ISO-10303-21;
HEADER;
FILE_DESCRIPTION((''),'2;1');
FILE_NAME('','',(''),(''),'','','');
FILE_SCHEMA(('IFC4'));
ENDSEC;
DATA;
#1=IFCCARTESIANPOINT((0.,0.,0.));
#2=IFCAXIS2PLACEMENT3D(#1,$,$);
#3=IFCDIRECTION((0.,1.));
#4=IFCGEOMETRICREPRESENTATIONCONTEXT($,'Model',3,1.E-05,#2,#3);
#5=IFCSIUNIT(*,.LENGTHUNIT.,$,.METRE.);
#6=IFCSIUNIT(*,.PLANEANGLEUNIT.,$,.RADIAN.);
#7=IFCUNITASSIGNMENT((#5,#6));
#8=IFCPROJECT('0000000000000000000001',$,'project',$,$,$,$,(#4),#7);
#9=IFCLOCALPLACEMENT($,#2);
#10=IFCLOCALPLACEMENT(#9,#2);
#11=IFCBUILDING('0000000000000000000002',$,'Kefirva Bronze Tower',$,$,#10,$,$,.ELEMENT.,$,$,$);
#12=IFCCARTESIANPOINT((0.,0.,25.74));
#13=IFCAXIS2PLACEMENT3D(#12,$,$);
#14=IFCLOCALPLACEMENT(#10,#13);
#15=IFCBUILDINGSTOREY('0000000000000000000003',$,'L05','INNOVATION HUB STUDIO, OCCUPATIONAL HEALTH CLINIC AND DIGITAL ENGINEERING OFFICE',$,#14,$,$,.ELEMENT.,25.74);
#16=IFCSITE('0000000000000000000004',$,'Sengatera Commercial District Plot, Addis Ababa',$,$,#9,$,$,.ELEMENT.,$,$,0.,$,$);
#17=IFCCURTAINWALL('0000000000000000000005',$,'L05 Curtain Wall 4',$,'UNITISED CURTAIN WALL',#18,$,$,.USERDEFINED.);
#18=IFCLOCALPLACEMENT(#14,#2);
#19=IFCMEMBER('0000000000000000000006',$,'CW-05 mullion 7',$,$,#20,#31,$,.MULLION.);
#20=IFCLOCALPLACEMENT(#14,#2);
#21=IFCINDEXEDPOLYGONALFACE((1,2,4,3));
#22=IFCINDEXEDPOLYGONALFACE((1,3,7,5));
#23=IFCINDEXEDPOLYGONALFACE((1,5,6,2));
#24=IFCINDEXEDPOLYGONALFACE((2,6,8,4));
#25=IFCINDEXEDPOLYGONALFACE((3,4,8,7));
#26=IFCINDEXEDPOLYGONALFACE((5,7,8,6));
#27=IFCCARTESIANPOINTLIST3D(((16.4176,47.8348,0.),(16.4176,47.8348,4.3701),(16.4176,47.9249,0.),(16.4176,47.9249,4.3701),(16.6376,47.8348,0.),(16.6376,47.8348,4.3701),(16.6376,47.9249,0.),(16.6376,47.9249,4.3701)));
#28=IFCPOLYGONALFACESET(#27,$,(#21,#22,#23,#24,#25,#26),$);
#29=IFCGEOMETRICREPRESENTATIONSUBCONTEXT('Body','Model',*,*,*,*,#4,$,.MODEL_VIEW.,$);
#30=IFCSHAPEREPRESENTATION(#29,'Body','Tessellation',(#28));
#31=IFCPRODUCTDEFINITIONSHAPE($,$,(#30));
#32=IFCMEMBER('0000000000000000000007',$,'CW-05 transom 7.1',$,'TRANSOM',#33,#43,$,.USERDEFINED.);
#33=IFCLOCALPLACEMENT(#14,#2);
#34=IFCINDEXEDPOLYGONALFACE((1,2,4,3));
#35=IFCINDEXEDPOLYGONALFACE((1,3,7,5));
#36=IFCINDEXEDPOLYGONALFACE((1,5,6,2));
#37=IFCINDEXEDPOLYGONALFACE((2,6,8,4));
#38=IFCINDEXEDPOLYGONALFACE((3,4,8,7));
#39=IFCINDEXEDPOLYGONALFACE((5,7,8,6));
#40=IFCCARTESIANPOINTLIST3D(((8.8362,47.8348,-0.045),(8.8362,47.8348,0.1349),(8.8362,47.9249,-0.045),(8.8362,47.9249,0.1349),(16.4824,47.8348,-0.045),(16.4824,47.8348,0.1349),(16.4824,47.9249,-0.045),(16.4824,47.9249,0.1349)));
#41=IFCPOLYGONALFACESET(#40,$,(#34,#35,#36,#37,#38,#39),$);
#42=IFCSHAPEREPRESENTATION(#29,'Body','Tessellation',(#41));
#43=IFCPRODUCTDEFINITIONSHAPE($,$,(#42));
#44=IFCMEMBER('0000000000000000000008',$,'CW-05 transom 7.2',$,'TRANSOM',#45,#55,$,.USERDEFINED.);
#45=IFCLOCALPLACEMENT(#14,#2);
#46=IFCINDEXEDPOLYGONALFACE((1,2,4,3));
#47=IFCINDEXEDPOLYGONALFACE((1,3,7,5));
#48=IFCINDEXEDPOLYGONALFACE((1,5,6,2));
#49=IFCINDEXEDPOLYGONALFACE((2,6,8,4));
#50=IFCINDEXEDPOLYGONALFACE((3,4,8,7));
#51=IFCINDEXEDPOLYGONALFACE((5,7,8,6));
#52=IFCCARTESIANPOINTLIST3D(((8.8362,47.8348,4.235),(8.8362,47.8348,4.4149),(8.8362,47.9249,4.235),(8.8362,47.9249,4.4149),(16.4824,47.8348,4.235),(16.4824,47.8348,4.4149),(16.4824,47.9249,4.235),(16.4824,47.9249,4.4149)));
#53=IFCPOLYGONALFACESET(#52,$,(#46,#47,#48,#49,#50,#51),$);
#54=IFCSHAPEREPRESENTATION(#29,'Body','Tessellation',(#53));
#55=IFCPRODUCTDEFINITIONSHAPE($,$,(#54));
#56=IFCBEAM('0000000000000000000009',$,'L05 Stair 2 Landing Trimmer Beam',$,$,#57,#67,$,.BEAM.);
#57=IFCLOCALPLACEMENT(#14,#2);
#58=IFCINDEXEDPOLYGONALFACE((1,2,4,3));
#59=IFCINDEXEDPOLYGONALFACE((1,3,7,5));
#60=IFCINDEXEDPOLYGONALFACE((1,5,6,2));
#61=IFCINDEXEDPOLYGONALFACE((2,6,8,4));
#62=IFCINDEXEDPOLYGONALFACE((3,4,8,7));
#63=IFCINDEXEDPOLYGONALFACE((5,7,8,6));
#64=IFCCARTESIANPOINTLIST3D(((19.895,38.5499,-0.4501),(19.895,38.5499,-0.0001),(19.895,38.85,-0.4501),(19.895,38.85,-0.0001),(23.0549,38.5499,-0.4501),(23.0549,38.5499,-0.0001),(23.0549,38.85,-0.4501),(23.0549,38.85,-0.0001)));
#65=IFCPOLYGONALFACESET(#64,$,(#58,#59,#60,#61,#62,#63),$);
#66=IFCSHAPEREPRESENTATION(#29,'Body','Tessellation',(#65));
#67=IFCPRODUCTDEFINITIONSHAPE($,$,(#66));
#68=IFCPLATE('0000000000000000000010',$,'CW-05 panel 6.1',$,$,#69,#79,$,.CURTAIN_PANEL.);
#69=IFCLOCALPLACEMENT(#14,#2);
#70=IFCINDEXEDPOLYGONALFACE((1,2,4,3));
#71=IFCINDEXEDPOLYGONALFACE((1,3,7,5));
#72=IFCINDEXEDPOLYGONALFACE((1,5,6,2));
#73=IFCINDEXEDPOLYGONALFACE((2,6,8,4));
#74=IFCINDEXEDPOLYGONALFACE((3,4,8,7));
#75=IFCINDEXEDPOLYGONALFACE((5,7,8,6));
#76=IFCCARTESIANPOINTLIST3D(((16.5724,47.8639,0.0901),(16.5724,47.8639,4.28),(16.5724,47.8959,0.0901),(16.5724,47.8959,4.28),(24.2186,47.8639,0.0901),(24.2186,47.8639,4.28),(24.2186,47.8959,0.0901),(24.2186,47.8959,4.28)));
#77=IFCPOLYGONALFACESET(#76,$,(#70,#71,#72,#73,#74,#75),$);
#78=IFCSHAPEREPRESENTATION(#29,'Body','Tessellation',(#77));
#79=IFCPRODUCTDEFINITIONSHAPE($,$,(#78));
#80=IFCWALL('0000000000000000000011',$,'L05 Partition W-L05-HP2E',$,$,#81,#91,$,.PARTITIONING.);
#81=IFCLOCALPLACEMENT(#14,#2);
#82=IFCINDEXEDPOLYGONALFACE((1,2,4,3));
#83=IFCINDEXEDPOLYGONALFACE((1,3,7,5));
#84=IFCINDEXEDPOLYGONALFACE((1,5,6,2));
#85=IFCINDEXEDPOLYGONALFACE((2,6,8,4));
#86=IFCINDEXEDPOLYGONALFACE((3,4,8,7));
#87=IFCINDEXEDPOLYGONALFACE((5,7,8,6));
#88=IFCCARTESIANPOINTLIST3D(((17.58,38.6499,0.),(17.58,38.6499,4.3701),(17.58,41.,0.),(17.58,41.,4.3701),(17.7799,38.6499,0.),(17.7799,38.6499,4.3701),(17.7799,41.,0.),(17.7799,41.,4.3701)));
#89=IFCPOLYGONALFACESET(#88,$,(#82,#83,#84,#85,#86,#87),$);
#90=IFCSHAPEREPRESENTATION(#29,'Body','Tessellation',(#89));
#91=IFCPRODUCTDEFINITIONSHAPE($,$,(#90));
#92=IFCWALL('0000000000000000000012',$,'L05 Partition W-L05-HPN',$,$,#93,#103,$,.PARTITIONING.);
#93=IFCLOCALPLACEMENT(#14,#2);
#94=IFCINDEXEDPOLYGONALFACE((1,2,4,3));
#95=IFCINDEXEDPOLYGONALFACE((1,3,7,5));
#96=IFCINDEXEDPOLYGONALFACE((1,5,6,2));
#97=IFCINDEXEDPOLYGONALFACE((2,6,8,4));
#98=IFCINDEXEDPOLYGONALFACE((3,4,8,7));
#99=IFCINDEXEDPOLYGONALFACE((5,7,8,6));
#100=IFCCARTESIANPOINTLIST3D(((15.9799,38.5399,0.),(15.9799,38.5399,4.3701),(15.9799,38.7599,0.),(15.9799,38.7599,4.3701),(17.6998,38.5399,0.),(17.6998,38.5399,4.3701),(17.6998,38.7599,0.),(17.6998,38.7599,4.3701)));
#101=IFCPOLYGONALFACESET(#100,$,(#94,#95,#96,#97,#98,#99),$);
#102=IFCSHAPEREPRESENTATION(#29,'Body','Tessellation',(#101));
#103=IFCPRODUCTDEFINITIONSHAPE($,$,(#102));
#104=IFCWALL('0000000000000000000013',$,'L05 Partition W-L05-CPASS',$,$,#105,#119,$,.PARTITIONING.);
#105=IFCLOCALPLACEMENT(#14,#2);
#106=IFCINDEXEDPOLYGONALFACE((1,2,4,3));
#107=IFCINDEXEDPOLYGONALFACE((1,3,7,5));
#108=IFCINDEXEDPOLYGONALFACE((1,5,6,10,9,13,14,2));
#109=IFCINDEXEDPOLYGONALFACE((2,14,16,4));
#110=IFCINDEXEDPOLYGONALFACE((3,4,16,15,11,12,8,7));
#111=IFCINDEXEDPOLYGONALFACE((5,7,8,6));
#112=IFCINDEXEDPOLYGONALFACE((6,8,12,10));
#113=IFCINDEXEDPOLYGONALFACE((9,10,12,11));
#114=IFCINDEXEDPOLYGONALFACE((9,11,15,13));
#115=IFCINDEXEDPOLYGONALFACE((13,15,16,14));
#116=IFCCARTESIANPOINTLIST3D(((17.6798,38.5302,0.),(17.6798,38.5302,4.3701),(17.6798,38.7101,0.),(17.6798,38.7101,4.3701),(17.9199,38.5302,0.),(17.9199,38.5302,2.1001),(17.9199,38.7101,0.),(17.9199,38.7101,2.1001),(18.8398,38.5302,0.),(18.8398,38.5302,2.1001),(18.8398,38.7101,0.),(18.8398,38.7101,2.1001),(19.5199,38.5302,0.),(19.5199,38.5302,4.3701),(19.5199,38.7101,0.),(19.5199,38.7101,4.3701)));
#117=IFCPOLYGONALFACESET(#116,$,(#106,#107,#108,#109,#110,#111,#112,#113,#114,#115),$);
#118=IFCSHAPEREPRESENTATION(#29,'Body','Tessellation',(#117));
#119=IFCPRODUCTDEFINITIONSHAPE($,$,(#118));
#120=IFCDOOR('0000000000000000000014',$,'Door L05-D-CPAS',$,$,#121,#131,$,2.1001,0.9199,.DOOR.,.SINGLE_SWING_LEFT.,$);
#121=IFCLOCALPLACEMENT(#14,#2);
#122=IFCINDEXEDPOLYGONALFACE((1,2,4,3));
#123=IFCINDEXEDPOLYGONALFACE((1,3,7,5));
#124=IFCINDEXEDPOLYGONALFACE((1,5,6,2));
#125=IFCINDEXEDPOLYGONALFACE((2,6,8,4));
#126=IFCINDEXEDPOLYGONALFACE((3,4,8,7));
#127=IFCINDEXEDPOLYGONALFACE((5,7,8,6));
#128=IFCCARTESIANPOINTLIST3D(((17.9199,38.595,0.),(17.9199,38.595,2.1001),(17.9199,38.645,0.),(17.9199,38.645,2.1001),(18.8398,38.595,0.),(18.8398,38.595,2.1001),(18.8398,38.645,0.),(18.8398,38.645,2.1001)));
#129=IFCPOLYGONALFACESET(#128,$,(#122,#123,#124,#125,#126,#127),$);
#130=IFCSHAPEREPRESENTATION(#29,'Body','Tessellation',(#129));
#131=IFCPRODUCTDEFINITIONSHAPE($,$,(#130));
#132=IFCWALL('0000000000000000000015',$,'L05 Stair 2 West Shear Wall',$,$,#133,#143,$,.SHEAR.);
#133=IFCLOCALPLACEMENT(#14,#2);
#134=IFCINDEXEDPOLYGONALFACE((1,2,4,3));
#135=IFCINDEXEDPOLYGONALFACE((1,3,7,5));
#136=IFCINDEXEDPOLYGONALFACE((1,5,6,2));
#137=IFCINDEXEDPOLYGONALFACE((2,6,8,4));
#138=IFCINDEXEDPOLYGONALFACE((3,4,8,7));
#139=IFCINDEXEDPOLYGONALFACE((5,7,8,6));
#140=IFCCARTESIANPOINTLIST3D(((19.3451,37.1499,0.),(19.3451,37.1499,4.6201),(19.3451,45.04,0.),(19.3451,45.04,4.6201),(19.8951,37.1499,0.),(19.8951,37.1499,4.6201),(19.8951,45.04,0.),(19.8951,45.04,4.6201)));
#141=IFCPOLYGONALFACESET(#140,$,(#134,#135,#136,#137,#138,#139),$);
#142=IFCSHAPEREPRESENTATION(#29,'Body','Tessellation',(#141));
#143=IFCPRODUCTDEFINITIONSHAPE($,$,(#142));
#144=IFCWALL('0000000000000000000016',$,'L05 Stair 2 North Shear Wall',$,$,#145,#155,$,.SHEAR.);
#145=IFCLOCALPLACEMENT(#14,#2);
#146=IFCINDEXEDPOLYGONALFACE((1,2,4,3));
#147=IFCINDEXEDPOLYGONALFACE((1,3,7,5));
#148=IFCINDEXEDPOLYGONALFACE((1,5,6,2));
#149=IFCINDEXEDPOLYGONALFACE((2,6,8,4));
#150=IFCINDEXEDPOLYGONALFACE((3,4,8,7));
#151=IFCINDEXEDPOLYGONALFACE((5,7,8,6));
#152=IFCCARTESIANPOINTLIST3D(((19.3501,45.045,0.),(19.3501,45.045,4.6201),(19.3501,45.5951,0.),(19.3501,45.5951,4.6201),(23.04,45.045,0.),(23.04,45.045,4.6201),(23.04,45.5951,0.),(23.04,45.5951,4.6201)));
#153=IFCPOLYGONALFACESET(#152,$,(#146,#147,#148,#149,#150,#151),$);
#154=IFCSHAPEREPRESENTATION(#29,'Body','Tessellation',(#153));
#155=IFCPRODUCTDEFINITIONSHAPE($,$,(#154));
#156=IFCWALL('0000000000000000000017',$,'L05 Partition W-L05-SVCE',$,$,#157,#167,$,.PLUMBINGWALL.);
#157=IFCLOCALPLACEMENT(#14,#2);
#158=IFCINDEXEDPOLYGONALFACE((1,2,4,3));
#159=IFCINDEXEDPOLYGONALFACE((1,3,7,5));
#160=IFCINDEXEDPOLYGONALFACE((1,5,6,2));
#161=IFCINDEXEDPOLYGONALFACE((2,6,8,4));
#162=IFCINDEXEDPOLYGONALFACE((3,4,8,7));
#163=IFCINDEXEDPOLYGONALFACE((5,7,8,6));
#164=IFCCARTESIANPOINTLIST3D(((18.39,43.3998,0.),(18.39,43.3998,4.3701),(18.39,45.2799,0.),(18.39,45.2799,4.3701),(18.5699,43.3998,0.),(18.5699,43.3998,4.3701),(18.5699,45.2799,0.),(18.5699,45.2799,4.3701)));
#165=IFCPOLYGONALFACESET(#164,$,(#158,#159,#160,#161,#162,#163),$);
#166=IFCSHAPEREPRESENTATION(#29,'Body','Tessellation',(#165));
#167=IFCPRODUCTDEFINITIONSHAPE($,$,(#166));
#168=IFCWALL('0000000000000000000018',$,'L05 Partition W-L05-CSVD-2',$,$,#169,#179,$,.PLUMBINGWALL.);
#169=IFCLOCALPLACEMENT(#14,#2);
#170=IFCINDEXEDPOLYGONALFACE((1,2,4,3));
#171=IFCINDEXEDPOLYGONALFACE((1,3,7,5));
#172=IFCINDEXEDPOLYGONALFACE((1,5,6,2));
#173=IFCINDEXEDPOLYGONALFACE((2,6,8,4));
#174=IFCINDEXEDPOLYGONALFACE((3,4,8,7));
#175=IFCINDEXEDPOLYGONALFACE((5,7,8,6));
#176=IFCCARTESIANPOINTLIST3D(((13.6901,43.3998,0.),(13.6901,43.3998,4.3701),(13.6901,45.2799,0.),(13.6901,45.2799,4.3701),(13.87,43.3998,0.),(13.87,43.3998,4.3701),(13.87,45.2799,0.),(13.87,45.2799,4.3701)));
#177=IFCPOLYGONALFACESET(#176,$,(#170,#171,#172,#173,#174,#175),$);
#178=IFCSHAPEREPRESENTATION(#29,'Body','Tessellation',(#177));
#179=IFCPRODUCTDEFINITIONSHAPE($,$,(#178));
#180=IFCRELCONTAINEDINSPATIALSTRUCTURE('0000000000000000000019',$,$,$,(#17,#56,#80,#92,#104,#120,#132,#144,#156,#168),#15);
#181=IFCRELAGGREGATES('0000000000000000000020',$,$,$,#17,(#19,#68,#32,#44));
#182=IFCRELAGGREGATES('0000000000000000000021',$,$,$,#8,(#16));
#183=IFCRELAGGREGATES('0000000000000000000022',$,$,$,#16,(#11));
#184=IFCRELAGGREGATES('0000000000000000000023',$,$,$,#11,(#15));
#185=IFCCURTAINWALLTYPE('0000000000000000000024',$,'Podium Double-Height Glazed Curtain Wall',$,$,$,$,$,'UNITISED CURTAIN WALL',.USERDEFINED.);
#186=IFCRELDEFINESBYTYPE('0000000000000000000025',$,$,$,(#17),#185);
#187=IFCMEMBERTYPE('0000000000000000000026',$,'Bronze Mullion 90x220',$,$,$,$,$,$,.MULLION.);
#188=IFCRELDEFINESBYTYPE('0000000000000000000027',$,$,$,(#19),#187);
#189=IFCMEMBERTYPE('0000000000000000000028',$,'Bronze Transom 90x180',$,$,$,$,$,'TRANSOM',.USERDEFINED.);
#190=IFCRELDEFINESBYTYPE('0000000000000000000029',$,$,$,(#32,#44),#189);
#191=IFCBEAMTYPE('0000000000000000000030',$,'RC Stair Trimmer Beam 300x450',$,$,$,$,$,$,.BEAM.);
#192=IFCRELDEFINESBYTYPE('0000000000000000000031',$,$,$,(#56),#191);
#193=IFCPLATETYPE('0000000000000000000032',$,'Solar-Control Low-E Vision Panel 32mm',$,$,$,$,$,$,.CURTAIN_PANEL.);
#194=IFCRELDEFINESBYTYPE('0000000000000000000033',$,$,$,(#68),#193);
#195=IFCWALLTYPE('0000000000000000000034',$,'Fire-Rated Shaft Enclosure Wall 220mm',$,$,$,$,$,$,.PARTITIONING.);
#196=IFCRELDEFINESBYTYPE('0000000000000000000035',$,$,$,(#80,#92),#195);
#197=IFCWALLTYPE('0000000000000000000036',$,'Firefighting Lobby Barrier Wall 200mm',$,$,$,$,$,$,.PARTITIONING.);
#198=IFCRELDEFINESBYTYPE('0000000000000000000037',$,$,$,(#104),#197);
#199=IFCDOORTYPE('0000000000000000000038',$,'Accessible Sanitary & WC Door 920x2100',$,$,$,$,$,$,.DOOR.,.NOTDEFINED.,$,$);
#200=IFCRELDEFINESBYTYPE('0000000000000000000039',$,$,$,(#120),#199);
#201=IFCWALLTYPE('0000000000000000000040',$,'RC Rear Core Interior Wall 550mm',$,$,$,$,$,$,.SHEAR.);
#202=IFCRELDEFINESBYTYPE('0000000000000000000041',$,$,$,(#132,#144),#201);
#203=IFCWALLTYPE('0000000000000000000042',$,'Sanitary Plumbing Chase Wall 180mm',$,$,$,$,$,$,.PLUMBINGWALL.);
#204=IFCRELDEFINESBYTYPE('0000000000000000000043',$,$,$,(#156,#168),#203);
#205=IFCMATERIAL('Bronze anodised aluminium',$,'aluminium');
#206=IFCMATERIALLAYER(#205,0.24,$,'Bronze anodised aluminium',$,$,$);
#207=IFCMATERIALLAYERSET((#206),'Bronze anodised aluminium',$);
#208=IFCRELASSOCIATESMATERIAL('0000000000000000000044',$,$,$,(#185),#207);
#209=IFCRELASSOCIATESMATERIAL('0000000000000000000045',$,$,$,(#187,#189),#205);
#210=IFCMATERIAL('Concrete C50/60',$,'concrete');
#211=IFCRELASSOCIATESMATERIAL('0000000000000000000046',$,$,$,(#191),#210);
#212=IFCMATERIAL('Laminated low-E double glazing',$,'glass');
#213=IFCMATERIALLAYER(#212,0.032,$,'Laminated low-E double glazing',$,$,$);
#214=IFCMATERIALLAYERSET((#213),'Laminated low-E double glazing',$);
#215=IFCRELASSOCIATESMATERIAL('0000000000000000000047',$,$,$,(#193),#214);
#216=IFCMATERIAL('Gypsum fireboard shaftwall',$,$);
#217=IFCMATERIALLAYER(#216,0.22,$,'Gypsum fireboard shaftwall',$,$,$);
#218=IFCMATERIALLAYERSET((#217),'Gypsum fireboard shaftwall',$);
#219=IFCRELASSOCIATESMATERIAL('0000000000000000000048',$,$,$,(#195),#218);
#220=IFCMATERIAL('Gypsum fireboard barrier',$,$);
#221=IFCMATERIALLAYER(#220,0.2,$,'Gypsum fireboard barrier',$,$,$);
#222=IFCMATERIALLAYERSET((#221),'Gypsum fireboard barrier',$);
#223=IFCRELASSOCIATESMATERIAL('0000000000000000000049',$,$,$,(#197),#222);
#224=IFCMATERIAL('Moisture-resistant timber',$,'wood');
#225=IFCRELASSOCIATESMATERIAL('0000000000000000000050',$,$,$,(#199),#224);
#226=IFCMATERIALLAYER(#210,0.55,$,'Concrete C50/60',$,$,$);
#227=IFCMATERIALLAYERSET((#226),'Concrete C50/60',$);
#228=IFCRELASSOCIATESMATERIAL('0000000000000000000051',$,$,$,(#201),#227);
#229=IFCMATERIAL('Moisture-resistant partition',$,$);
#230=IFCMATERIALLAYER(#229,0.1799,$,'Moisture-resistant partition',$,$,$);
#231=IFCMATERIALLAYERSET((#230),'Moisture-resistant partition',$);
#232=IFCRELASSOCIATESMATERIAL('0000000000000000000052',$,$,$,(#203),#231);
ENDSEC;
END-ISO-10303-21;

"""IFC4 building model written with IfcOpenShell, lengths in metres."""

from ifc_helpers import new_model, si_unit, direction, frame, frame_2d, origin, origin_2d, place, context, subcontext, project, spatial, rectangle, extrude, material, layer, layer_set, material_profile, profile_set, type_object, element, fill, aggregate, save


model = new_model("IFC4")

# Units and contexts
model_context = context("Model", 3, precision=1e-05, world=origin(), true_north=direction((0.0, 1.0)))
body_context = subcontext(model_context, "Body", "Model", "MODEL_VIEW")
ifc_project = project(units=[si_unit("LENGTHUNIT", "METRE"), si_unit("PLANEANGLEUNIT", "RADIAN")], contexts=[model_context])

# Site, building, storey
site_placement = place(None, origin())
site = spatial("IfcSite", under=ifc_project, at=site_placement, Name="Sengatera Commercial District Plot, Addis Ababa", CompositionType="ELEMENT", RefElevation=0.0)
building_placement = place(site_placement, origin())
building = spatial("IfcBuilding", under=site, at=building_placement, Name="Kefirva Bronze Tower", CompositionType="ELEMENT")
storey_placement = place(building_placement, frame((0.0, 0.0, 25.74)))
storey = spatial("IfcBuildingStorey", under=building, at=storey_placement, Name="L05", Description="INNOVATION HUB STUDIO, OCCUPATIONAL HEALTH CLINIC AND DIGITAL ENGINEERING OFFICE", CompositionType="ELEMENT", Elevation=25.74)

# Curtain wall, members
ifc_material_1 = material(Name="Bronze anodised aluminium", Category="aluminium")
ifc_layer_1 = layer(ifc_material_1, 0.24, Name="Bronze anodised aluminium")
ifc_layer_set_1 = layer_set([ifc_layer_1], Name="Bronze anodised aluminium")
curtain_wall_type = type_object("IfcCurtainWallType", Name="Podium Double-Height Glazed Curtain Wall", ElementType="UNITISED CURTAIN WALL", PredefinedType="USERDEFINED", material=ifc_layer_set_1)
curtain_wall_placement = place(storey_placement, origin())
curtain_wall = element("IfcCurtainWall", 1, at=curtain_wall_placement, inside=storey, type_object=curtain_wall_type, Name="L05 Curtain Wall 4", ObjectType="UNITISED CURTAIN WALL", PredefinedType="USERDEFINED")
ifc_material_profile_1 = material_profile(ifc_material_1, rectangle(XDim=0.0901, YDim=0.22, at=origin_2d()), Name="ALU 90x220")
ifc_profile_set_1 = profile_set([ifc_material_profile_1], Name="Bronze anodised aluminium")
member_type_1 = type_object("IfcMemberType", Name="Bronze Mullion 90x220", PredefinedType="MULLION", material=ifc_profile_set_1)
member_1_placement = place(storey_placement, frame((16.5276, 47.8799, 0.0), z_axis=(0.0, 0.0, 1.0), x_axis=(0.0, -1.0, 0.0)))
member_1 = element("IfcMember", 2, at=member_1_placement, type_object=member_type_1, Name="CW-05 mullion 7", PredefinedType="MULLION", context=body_context, shape_type="SweptSolid", body=[
    extrude(rectangle(XDim=0.0901, YDim=0.22, at=origin_2d()), origin(), (0.0, 0.0, 1.0), 4.3701),
])
ifc_material_profile_2 = material_profile(ifc_material_1, rectangle(XDim=0.0901, YDim=0.1799, at=origin_2d()), Name="ALU 90x180")
ifc_profile_set_2 = profile_set([ifc_material_profile_2], Name="Bronze anodised aluminium")
member_type_2 = type_object("IfcMemberType", Name="Bronze Transom 90x180", ElementType="TRANSOM", PredefinedType="USERDEFINED", material=ifc_profile_set_2)
member_2_placement = place(storey_placement, frame((16.4824, 47.8799, 0.0449), z_axis=(-1.0, 0.0, 0.0), x_axis=(0.0, -1.0, 0.0)))
member_2 = element("IfcMember", 3, at=member_2_placement, type_object=member_type_2, Name="CW-05 transom 7.1", ObjectType="TRANSOM", PredefinedType="USERDEFINED", context=body_context, shape_type="SweptSolid", body=[
    extrude(rectangle(XDim=0.0901, YDim=0.1799, at=origin_2d()), origin(), (0.0, 0.0, 1.0), 7.6462),
])
member_3_placement = place(storey_placement, frame((16.4824, 47.8799, 4.325), z_axis=(-1.0, 0.0, 0.0), x_axis=(0.0, -1.0, 0.0)))
member_3 = element("IfcMember", 4, at=member_3_placement, type_object=member_type_2, Name="CW-05 transom 7.2", ObjectType="TRANSOM", PredefinedType="USERDEFINED", context=body_context, shape_type="SweptSolid", body=[
    extrude(rectangle(XDim=0.0901, YDim=0.1799, at=origin_2d()), origin(), (0.0, 0.0, 1.0), 7.6462),
])

# Beam
ifc_material_2 = material(Name="Concrete C50/60", Category="concrete")
ifc_material_profile_3 = material_profile(ifc_material_2, rectangle(XDim=0.3, YDim=0.45, at=origin_2d()), Name="RC 300x450")
ifc_profile_set_3 = profile_set([ifc_material_profile_3], Name="Concrete C50/60")
beam_type = type_object("IfcBeamType", Name="RC Stair Trimmer Beam 300x450", PredefinedType="BEAM", material=ifc_profile_set_3)
beam_placement = place(storey_placement, frame((19.895, 38.7, -0.2251), z_axis=(1.0, 0.0, 0.0), x_axis=(0.0, 1.0, 0.0)))
element("IfcBeam", 5, at=beam_placement, inside=storey, type_object=beam_type, Name="L05 Stair 2 Landing Trimmer Beam", PredefinedType="BEAM", context=body_context, shape_type="SweptSolid", body=[
    extrude(rectangle(XDim=0.3, YDim=0.45, at=origin_2d()), origin(), (0.0, 0.0, 1.0), 3.1599),
])

# Plate
ifc_material_3 = material(Name="Laminated low-E double glazing", Category="glass")
ifc_layer_2 = layer(ifc_material_3, 0.032, Name="Laminated low-E double glazing")
ifc_layer_set_2 = layer_set([ifc_layer_2], Name="Laminated low-E double glazing")
plate_type = type_object("IfcPlateType", Name="Solar-Control Low-E Vision Panel 32mm", PredefinedType="CURTAIN_PANEL", material=ifc_layer_set_2)
plate_placement = place(storey_placement, frame((20.3955, 47.8799, 0.0901), z_axis=(0.0, 0.0, 1.0), x_axis=(-1.0, 0.0, 0.0)))
plate = element("IfcPlate", 6, at=plate_placement, type_object=plate_type, Name="CW-05 panel 6.1", PredefinedType="CURTAIN_PANEL", context=body_context, shape_type="SweptSolid", body=[
    extrude(rectangle(XDim=7.6462, YDim=0.032, at=origin_2d()), origin(), (0.0, 0.0, 1.0), 4.1899),
])
aggregate(curtain_wall, [member_1, plate, member_2, member_3])

# Shared definitions
ifc_material_4 = material(Name="Gypsum fireboard shaftwall")
ifc_layer_3 = layer(ifc_material_4, 0.22, Name="Gypsum fireboard shaftwall")
ifc_layer_set_3 = layer_set([ifc_layer_3], Name="Gypsum fireboard shaftwall")
wall_type_1 = type_object("IfcWallType", Name="Fire-Rated Shaft Enclosure Wall 220mm", PredefinedType="PARTITIONING", material=ifc_layer_set_3)

# Walls
wall_1_placement = place(storey_placement, frame((17.6799, 38.6499, 0.0), z_axis=(0.0, 0.0, 1.0), x_axis=(0.0, 1.0, 0.0)))
element("IfcWall", 7, at=wall_1_placement, inside=storey, type_object=wall_type_1, Name="L05 Partition W-L05-HP2E", PredefinedType="PARTITIONING", context=body_context, shape_type="SweptSolid", body=[
    extrude(rectangle(XDim=2.3501, YDim=0.2, at=frame_2d((1.175, 0.0))), origin(), (0.0, 0.0, 1.0), 4.3701),
])
wall_2_placement = place(storey_placement, frame((15.98, 38.6499, 0.0), z_axis=(0.0, 0.0, 1.0), x_axis=(1.0, 0.0, 0.0)))
element("IfcWall", 8, at=wall_2_placement, inside=storey, type_object=wall_type_1, Name="L05 Partition W-L05-HPN", PredefinedType="PARTITIONING", context=body_context, shape_type="SweptSolid", body=[
    extrude(rectangle(XDim=1.72, YDim=0.22, at=frame_2d((0.8599, 0.0))), origin(), (0.0, 0.0, 1.0), 4.3701),
])

# Wall, opening, door
ifc_material_5 = material(Name="Gypsum fireboard barrier")
ifc_layer_4 = layer(ifc_material_5, 0.2, Name="Gypsum fireboard barrier")
ifc_layer_set_4 = layer_set([ifc_layer_4], Name="Gypsum fireboard barrier")
wall_type_2 = type_object("IfcWallType", Name="Firefighting Lobby Barrier Wall 200mm", PredefinedType="PARTITIONING", material=ifc_layer_set_4)
wall_3_placement = place(storey_placement, frame((17.6799, 38.6201, 0.0), z_axis=(0.0, 0.0, 1.0), x_axis=(1.0, 0.0, 0.0)))
wall_3 = element("IfcWall", 9, at=wall_3_placement, inside=storey, type_object=wall_type_2, Name="L05 Partition W-L05-CPASS", PredefinedType="PARTITIONING", context=body_context, shape_type="SweptSolid", body=[
    extrude(rectangle(XDim=1.8401, YDim=0.1799, at=frame_2d((0.9199, 0.0))), origin(), (0.0, 0.0, 1.0), 4.3701),
])
opening_1_placement = place(wall_3_placement, frame((0.24, 0.0, 0.0)))
opening_1 = element("IfcOpeningElement", 10, at=opening_1_placement, cuts=wall_3, PredefinedType="OPENING", context=body_context, shape_type="SweptSolid", body=[
    extrude(rectangle(XDim=0.9199, YDim=2.1001, at=frame_2d((0.46, 1.05))), frame((0.0, 0.1001, 0.0), z_axis=(0.0, -1.0, 0.0), x_axis=(1.0, 0.0, 0.0)), (0.0, 0.0, 1.0), 0.2),
])
ifc_material_6 = material(Name="Moisture-resistant timber", Category="wood")
door_type_1 = type_object("IfcDoorType", Name="Accessible Sanitary & WC Door 920x2100", OperationType="NOTDEFINED", PredefinedType="DOOR", material=ifc_material_6)
door_1_placement = place(opening_1_placement, origin())
door_1 = element("IfcDoor", 11, at=door_1_placement, inside=storey, type_object=door_type_1, Name="Door L05-D-CPAS", OperationType="SINGLE_SWING_LEFT", OverallHeight=2.1001, OverallWidth=0.9199, PredefinedType="DOOR", context=body_context, shape_type="SweptSolid", body=[
    extrude(rectangle(XDim=0.9199, YDim=2.1001, at=frame_2d((0.46, 1.05))), frame((0.0, 0.0249, 0.0), z_axis=(0.0, -1.0, 0.0), x_axis=(1.0, 0.0, 0.0)), (0.0, 0.0, 1.0), 0.05),
])
fill(opening_1, door_1)

# Walls
ifc_layer_5 = layer(ifc_material_2, 0.55, Name="Concrete C50/60")
ifc_layer_set_5 = layer_set([ifc_layer_5], Name="Concrete C50/60")
wall_type_3 = type_object("IfcWallType", Name="RC Rear Core Interior Wall 550mm", PredefinedType="SHEAR", material=ifc_layer_set_5)
wall_4_placement = place(storey_placement, frame((19.6201, 37.1499, 0.0), z_axis=(0.0, 0.0, 1.0), x_axis=(0.0, 1.0, 0.0)))
element("IfcWall", 12, at=wall_4_placement, inside=storey, type_object=wall_type_3, Name="L05 Stair 2 West Shear Wall", PredefinedType="SHEAR", context=body_context, shape_type="SweptSolid", body=[
    extrude(rectangle(XDim=7.8901, YDim=0.55, at=frame_2d((3.9451, 0.0))), origin(), (0.0, 0.0, 1.0), 4.6201),
])
wall_5_placement = place(storey_placement, frame((19.3501, 45.3201, 0.0), z_axis=(0.0, 0.0, 1.0), x_axis=(1.0, 0.0, 0.0)))
element("IfcWall", 13, at=wall_5_placement, inside=storey, type_object=wall_type_3, Name="L05 Stair 2 North Shear Wall", PredefinedType="SHEAR", context=body_context, shape_type="SweptSolid", body=[
    extrude(rectangle(XDim=3.6899, YDim=0.55, at=frame_2d((1.845, 0.0))), origin(), (0.0, 0.0, 1.0), 4.6201),
])
ifc_material_7 = material(Name="Moisture-resistant partition")
ifc_layer_6 = layer(ifc_material_7, 0.1799, Name="Moisture-resistant partition")
ifc_layer_set_6 = layer_set([ifc_layer_6], Name="Moisture-resistant partition")
wall_type_4 = type_object("IfcWallType", Name="Sanitary Plumbing Chase Wall 180mm", PredefinedType="PLUMBINGWALL", material=ifc_layer_set_6)
for number, where, z_axis, x_axis, name in (
    (14, (18.48, 43.3999, 0.0), (0.0, 0.0, 1.0), (0.0, 1.0, 0.0), "L05 Partition W-L05-SVCE"),
    (15, (13.78, 43.3999, 0.0), (0.0, 0.0, 1.0), (0.0, 1.0, 0.0), "L05 Partition W-L05-CSVD-2"),
):
    element("IfcWall", number, at=place(storey_placement, frame(where, z_axis=z_axis, x_axis=x_axis)), inside=storey, type_object=wall_type_4, Name=name, PredefinedType="PLUMBINGWALL", context=body_context, shape_type="SweptSolid", body=[
        extrude(rectangle(XDim=1.8801, YDim=0.1799, at=frame_2d((0.9399, 0.0))), origin(), (0.0, 0.0, 1.0), 4.3701),
    ])

save(model, "model.ifc")
